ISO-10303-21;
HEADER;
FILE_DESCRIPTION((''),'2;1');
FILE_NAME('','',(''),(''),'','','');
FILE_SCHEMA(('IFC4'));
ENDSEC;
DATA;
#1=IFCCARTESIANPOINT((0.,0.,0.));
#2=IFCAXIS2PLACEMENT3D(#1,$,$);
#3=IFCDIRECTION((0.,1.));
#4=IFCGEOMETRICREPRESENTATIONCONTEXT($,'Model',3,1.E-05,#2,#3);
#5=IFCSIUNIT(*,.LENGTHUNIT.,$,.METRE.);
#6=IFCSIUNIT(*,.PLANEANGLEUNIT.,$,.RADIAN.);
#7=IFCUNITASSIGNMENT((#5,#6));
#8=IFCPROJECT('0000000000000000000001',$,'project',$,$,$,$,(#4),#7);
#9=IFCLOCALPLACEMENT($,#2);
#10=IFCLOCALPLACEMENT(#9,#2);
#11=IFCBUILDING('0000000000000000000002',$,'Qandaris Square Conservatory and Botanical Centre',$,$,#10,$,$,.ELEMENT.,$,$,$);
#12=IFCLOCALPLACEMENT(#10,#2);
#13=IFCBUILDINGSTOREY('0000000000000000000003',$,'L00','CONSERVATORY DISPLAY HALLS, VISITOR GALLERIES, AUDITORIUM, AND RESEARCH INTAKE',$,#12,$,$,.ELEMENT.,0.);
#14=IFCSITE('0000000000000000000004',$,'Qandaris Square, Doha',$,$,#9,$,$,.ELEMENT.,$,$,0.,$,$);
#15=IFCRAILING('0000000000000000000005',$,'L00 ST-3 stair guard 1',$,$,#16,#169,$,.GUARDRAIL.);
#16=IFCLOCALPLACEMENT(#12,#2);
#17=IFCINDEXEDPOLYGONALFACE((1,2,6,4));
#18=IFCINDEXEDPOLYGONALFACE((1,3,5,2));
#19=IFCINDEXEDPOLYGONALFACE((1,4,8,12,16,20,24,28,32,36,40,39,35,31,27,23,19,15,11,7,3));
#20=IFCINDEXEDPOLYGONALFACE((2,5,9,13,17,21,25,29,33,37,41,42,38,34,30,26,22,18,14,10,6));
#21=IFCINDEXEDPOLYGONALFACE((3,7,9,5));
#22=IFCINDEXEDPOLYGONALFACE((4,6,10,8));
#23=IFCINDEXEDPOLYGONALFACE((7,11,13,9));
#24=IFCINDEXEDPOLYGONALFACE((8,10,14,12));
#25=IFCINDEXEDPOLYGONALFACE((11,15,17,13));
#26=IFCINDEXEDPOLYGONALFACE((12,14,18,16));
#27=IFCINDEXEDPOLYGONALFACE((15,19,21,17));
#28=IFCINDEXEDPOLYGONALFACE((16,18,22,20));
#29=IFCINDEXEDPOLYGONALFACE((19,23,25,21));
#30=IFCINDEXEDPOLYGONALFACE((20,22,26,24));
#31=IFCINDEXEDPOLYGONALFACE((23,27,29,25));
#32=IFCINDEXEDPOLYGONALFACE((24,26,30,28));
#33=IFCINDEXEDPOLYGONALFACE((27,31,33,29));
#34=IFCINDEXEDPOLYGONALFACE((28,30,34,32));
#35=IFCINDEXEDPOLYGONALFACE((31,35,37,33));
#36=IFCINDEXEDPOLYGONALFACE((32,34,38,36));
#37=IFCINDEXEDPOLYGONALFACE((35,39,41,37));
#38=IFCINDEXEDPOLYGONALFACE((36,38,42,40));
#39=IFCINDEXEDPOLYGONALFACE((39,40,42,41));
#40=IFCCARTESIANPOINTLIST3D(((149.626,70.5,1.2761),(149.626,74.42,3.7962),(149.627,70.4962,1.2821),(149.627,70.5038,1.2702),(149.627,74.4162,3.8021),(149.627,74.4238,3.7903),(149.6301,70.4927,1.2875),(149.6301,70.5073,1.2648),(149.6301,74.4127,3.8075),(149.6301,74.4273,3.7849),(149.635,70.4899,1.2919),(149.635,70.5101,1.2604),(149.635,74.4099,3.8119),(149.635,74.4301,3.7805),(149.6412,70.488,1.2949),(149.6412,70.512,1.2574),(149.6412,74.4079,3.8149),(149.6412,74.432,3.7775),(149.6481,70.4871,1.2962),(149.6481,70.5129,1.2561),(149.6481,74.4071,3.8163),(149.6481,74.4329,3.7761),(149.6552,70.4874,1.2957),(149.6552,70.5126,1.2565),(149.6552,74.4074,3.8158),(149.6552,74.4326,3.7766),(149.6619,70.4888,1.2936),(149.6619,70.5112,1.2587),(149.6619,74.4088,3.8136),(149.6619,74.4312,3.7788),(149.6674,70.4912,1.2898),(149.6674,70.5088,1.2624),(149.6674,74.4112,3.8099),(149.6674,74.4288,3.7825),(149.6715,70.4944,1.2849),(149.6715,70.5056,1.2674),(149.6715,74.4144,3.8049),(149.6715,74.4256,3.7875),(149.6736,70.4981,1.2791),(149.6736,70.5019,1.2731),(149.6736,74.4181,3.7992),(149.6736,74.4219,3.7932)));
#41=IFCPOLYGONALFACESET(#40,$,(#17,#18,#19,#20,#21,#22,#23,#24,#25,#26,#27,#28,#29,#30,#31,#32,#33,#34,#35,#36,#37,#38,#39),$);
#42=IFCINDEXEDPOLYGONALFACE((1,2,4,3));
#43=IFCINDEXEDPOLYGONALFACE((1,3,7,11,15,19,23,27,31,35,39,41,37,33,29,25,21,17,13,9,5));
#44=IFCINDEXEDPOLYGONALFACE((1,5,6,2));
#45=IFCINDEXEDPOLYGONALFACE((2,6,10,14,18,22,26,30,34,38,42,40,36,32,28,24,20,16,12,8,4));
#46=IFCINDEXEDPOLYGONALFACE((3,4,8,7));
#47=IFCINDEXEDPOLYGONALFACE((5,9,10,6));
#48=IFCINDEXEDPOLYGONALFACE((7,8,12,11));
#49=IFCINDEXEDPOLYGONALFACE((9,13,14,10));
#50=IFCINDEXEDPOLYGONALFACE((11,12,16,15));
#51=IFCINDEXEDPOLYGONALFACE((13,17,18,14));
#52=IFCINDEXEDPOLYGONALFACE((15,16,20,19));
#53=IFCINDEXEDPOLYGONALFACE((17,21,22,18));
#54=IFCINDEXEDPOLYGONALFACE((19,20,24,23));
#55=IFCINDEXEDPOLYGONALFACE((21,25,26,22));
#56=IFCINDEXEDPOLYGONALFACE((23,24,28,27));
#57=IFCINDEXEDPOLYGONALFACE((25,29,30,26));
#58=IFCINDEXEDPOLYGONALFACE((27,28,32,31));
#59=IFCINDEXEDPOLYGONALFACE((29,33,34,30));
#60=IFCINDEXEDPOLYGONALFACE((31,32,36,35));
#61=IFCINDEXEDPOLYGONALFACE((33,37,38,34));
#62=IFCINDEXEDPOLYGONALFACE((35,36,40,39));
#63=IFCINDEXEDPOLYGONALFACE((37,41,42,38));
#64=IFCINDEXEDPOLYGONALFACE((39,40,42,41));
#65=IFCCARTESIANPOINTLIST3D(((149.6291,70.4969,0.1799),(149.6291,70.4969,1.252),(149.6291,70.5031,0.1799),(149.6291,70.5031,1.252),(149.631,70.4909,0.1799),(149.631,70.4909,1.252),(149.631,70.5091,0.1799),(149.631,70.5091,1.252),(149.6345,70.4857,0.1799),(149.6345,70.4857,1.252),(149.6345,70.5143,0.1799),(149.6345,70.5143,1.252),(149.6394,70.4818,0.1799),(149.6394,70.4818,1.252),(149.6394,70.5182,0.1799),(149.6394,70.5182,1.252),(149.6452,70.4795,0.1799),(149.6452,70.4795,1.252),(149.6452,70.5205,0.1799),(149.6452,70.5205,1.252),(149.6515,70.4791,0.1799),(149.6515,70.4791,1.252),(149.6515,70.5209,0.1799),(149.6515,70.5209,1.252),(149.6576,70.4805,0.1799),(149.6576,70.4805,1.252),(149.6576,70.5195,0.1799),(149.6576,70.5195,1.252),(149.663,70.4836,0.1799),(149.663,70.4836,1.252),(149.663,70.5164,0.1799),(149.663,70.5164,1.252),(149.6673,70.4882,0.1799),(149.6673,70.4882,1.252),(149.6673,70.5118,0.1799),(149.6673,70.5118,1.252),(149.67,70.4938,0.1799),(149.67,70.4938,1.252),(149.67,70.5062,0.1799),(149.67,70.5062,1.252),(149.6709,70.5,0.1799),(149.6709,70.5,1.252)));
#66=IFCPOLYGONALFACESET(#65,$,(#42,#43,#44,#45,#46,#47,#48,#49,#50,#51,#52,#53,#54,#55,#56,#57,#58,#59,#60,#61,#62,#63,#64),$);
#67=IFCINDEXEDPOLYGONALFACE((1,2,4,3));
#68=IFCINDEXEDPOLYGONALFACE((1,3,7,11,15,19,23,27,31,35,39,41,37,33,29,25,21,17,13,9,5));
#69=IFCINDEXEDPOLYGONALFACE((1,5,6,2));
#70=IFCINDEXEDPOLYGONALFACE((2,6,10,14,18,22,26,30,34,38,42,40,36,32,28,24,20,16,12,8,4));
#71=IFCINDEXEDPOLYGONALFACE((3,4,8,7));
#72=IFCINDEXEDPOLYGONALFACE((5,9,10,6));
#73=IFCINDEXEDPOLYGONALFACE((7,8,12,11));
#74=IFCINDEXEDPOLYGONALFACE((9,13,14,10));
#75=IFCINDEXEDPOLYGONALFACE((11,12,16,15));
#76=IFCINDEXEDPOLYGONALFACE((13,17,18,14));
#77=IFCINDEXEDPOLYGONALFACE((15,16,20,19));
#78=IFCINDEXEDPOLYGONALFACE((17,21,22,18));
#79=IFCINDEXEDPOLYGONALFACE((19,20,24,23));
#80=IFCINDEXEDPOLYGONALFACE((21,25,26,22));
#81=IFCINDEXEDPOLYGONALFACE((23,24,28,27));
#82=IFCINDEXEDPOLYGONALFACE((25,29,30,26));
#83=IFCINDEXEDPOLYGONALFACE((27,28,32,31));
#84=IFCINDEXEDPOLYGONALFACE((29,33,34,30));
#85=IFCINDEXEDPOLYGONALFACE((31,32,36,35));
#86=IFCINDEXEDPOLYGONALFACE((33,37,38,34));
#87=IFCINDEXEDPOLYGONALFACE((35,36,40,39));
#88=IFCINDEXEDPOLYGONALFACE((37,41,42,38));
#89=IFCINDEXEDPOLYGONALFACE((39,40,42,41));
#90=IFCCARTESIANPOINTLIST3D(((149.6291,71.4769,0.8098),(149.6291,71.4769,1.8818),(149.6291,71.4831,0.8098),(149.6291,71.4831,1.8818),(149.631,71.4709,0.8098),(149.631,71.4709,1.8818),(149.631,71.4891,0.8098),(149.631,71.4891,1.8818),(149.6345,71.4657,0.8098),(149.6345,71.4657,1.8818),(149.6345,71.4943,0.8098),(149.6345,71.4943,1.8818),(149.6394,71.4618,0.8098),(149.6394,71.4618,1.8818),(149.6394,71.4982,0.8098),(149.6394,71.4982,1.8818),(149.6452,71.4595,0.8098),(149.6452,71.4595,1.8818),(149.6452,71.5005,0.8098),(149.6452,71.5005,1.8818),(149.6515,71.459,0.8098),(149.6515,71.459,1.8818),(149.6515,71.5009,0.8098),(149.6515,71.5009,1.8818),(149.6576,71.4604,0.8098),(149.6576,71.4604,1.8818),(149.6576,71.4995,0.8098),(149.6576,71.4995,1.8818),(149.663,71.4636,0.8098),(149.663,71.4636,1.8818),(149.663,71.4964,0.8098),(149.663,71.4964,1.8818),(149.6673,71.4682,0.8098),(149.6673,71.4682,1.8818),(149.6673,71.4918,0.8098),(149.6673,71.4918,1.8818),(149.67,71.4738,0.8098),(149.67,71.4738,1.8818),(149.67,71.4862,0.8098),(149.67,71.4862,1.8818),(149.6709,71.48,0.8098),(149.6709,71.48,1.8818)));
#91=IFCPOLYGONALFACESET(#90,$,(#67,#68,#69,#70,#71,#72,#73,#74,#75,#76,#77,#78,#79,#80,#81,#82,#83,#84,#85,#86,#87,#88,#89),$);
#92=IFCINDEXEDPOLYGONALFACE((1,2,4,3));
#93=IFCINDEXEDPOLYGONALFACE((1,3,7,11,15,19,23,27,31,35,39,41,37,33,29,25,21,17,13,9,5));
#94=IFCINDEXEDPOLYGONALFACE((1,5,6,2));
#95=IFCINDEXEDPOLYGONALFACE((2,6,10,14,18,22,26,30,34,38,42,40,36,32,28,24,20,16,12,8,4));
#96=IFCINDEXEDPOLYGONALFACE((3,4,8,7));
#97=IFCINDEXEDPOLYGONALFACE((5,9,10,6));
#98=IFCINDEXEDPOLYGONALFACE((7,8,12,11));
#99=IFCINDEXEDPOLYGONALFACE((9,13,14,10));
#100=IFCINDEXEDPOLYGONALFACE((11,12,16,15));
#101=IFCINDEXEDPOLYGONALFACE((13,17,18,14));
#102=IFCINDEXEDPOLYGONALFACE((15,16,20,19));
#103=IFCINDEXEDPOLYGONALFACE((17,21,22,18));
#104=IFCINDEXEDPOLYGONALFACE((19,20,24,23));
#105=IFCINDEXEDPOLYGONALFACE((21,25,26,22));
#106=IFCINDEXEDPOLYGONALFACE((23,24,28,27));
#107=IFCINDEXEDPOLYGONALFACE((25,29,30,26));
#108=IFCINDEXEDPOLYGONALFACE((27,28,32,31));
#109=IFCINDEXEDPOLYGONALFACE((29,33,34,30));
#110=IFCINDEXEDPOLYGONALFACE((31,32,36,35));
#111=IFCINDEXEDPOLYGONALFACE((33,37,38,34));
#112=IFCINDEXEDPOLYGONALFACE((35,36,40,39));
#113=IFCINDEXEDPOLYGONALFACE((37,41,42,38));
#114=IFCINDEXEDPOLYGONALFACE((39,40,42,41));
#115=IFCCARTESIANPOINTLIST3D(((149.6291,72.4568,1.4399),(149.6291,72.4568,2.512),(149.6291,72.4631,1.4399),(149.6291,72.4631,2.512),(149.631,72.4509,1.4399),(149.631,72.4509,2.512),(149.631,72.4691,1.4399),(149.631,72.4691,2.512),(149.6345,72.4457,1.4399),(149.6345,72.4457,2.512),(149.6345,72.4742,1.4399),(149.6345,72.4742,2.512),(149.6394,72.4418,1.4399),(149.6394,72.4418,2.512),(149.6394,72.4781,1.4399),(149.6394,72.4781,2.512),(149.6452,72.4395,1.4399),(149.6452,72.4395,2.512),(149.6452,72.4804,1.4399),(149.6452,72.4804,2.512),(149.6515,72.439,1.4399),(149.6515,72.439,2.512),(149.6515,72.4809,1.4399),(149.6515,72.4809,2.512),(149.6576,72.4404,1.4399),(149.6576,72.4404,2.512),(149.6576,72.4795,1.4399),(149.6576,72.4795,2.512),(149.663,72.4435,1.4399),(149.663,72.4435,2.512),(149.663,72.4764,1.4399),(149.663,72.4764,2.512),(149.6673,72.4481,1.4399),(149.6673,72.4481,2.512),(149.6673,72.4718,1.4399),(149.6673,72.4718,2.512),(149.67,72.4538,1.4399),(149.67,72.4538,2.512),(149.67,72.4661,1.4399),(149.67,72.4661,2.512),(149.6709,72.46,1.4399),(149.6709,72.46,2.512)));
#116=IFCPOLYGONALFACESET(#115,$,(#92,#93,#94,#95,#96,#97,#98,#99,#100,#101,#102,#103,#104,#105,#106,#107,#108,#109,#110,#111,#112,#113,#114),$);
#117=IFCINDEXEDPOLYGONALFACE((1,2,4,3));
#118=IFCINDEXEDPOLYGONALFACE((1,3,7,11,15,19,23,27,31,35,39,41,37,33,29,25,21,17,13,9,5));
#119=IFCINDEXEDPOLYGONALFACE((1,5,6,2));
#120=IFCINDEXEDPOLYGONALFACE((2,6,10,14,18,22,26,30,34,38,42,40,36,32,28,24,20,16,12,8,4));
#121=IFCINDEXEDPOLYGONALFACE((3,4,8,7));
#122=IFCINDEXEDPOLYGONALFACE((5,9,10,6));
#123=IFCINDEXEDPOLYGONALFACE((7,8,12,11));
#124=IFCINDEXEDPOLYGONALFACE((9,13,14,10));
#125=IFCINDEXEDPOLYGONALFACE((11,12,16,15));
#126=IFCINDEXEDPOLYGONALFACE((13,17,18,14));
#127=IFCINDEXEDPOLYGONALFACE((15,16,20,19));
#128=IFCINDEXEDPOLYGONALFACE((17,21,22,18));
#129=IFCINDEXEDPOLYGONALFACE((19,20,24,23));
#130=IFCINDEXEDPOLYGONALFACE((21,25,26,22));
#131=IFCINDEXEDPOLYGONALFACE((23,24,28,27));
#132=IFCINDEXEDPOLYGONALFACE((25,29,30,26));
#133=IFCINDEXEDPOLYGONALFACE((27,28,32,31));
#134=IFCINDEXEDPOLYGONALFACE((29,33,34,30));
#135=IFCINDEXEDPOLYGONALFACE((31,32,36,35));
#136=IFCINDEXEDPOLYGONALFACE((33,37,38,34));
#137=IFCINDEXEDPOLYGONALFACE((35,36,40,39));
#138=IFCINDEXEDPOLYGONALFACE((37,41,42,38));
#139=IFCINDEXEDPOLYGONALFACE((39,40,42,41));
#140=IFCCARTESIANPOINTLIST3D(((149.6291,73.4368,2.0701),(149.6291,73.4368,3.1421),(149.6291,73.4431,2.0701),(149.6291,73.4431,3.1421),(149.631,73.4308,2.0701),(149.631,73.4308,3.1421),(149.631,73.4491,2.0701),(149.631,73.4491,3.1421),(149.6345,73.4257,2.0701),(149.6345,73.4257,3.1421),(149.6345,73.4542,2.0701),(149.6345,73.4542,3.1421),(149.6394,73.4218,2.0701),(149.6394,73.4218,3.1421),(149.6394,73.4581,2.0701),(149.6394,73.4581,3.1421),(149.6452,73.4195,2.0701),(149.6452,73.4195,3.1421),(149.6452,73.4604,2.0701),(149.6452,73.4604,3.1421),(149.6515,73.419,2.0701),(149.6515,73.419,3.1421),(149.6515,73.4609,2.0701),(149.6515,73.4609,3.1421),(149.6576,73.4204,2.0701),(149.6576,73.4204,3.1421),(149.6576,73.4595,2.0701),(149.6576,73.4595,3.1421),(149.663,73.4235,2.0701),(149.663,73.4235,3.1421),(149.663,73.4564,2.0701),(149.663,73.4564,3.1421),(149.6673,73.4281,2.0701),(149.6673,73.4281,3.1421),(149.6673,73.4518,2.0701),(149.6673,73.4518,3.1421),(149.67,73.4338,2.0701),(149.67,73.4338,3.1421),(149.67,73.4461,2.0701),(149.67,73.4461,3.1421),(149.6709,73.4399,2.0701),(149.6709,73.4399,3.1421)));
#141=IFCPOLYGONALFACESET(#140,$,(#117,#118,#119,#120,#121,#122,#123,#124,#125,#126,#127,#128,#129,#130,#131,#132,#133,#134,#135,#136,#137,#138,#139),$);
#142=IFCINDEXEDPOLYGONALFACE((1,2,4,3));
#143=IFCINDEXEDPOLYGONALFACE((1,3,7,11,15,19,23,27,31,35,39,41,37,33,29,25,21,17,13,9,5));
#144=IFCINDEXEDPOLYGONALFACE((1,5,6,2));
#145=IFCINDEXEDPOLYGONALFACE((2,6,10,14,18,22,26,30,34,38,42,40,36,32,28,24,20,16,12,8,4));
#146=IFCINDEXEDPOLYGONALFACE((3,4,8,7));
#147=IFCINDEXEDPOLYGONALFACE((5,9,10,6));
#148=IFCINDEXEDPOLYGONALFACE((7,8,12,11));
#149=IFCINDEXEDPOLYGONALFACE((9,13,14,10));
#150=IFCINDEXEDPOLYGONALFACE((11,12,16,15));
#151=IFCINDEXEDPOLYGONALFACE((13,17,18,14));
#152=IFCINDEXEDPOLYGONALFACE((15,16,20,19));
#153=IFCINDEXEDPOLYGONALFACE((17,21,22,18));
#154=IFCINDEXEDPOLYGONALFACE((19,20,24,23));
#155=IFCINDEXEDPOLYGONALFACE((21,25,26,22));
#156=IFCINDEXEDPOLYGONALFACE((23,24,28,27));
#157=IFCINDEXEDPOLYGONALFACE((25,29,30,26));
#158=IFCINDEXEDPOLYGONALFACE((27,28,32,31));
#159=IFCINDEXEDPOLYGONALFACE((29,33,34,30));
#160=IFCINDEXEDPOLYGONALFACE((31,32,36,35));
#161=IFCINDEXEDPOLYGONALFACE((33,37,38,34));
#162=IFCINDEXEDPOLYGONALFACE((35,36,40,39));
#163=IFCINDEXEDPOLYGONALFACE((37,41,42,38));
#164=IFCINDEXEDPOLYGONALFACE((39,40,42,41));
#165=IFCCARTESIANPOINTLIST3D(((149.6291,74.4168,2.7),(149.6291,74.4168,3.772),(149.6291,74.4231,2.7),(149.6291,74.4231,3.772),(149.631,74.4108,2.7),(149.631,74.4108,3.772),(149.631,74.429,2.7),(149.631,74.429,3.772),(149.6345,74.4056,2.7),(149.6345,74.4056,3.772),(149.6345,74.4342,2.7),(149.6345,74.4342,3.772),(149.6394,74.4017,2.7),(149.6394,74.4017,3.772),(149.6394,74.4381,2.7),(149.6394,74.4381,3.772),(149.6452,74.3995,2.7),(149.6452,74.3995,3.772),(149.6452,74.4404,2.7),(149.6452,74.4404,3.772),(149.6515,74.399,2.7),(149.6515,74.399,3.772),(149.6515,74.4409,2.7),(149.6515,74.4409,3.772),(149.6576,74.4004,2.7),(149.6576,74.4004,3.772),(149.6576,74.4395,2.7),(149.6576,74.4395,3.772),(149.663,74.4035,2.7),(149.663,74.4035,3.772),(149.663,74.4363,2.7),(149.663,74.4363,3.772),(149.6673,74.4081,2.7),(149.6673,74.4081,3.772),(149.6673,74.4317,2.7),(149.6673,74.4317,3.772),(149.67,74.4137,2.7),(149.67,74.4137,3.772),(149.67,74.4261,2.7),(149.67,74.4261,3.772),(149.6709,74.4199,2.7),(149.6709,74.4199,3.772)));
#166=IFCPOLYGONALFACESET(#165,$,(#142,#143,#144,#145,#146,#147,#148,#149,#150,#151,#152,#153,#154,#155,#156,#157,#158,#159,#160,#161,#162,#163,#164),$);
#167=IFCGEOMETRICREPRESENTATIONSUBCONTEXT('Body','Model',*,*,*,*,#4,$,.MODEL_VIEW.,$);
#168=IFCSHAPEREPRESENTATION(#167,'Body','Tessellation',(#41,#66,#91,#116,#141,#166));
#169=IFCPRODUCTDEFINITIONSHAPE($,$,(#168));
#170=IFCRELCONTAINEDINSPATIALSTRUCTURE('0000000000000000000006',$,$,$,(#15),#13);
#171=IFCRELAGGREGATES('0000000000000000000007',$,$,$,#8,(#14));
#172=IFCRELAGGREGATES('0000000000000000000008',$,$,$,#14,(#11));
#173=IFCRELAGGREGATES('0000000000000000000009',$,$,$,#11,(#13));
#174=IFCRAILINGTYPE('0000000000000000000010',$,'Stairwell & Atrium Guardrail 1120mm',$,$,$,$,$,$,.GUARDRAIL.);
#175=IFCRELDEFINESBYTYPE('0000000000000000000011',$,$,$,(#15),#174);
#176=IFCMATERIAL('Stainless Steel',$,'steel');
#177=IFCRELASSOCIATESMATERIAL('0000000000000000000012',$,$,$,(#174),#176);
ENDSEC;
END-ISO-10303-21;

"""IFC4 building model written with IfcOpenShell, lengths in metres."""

from ifc_helpers import new_model, si_unit, direction, frame, origin, origin_2d, place, context, subcontext, project, spatial, circle, extrude, material, type_object, element, save


model = new_model("IFC4")

# Units and contexts
model_context = context("Model", 3, precision=1e-05, world=origin(), true_north=direction((0.0, 1.0)))
body_context = subcontext(model_context, "Body", "Model", "MODEL_VIEW")
ifc_project = project(units=[si_unit("LENGTHUNIT", "METRE"), si_unit("PLANEANGLEUNIT", "RADIAN")], contexts=[model_context])

# Site, building, storey
site_placement = place(None, origin())
site = spatial("IfcSite", under=ifc_project, at=site_placement, Name="Qandaris Square, Doha", CompositionType="ELEMENT", RefElevation=0.0)
building_placement = place(site_placement, origin())
building = spatial("IfcBuilding", under=site, at=building_placement, Name="Qandaris Square Conservatory and Botanical Centre", CompositionType="ELEMENT")
storey_placement = place(building_placement, origin())
storey = spatial("IfcBuildingStorey", under=building, at=storey_placement, Name="L00", Description="CONSERVATORY DISPLAY HALLS, VISITOR GALLERIES, AUDITORIUM, AND RESEARCH INTAKE", CompositionType="ELEMENT", Elevation=0.0)

# Railing
ifc_material_1 = material(Name="Stainless Steel", Category="steel")
railing_type_1 = type_object("IfcRailingType", Name="Stairwell & Atrium Guardrail 1120mm", PredefinedType="GUARDRAIL", material=ifc_material_1)
railing_1_placement = place(storey_placement, frame((149.6499, 70.5, 0.1799)))
element("IfcRailing", 1, at=railing_1_placement, inside=storey, type_object=railing_type_1, Name="L00 ST-3 stair guard 1", PredefinedType="GUARDRAIL", context=body_context, shape_type="SweptSolid", body=[
    extrude(circle(Radius=0.0239, at=origin_2d()), frame((0.0, 0.0, 1.0962), z_axis=(0.0, 0.841172, 0.540768), x_axis=(-1.0, 0.0, 0.0)), (0.0, 0.0, 1.0), 4.6602),
    extrude(circle(Radius=0.021, at=origin_2d()), origin(), (0.0, 0.0, 1.0), 1.072),
    extrude(circle(Radius=0.021, at=origin_2d()), frame((0.0, 0.98, 0.6299)), (0.0, 0.0, 1.0), 1.072),
    extrude(circle(Radius=0.021, at=origin_2d()), frame((0.0, 1.96, 1.26)), (0.0, 0.0, 1.0), 1.072),
    extrude(circle(Radius=0.021, at=origin_2d()), frame((0.0, 2.9399, 1.8901)), (0.0, 0.0, 1.0), 1.072),
    extrude(circle(Radius=0.021, at=origin_2d()), frame((0.0, 3.9199, 2.52)), (0.0, 0.0, 1.0), 1.072),
])

save(model, "model.ifc")
